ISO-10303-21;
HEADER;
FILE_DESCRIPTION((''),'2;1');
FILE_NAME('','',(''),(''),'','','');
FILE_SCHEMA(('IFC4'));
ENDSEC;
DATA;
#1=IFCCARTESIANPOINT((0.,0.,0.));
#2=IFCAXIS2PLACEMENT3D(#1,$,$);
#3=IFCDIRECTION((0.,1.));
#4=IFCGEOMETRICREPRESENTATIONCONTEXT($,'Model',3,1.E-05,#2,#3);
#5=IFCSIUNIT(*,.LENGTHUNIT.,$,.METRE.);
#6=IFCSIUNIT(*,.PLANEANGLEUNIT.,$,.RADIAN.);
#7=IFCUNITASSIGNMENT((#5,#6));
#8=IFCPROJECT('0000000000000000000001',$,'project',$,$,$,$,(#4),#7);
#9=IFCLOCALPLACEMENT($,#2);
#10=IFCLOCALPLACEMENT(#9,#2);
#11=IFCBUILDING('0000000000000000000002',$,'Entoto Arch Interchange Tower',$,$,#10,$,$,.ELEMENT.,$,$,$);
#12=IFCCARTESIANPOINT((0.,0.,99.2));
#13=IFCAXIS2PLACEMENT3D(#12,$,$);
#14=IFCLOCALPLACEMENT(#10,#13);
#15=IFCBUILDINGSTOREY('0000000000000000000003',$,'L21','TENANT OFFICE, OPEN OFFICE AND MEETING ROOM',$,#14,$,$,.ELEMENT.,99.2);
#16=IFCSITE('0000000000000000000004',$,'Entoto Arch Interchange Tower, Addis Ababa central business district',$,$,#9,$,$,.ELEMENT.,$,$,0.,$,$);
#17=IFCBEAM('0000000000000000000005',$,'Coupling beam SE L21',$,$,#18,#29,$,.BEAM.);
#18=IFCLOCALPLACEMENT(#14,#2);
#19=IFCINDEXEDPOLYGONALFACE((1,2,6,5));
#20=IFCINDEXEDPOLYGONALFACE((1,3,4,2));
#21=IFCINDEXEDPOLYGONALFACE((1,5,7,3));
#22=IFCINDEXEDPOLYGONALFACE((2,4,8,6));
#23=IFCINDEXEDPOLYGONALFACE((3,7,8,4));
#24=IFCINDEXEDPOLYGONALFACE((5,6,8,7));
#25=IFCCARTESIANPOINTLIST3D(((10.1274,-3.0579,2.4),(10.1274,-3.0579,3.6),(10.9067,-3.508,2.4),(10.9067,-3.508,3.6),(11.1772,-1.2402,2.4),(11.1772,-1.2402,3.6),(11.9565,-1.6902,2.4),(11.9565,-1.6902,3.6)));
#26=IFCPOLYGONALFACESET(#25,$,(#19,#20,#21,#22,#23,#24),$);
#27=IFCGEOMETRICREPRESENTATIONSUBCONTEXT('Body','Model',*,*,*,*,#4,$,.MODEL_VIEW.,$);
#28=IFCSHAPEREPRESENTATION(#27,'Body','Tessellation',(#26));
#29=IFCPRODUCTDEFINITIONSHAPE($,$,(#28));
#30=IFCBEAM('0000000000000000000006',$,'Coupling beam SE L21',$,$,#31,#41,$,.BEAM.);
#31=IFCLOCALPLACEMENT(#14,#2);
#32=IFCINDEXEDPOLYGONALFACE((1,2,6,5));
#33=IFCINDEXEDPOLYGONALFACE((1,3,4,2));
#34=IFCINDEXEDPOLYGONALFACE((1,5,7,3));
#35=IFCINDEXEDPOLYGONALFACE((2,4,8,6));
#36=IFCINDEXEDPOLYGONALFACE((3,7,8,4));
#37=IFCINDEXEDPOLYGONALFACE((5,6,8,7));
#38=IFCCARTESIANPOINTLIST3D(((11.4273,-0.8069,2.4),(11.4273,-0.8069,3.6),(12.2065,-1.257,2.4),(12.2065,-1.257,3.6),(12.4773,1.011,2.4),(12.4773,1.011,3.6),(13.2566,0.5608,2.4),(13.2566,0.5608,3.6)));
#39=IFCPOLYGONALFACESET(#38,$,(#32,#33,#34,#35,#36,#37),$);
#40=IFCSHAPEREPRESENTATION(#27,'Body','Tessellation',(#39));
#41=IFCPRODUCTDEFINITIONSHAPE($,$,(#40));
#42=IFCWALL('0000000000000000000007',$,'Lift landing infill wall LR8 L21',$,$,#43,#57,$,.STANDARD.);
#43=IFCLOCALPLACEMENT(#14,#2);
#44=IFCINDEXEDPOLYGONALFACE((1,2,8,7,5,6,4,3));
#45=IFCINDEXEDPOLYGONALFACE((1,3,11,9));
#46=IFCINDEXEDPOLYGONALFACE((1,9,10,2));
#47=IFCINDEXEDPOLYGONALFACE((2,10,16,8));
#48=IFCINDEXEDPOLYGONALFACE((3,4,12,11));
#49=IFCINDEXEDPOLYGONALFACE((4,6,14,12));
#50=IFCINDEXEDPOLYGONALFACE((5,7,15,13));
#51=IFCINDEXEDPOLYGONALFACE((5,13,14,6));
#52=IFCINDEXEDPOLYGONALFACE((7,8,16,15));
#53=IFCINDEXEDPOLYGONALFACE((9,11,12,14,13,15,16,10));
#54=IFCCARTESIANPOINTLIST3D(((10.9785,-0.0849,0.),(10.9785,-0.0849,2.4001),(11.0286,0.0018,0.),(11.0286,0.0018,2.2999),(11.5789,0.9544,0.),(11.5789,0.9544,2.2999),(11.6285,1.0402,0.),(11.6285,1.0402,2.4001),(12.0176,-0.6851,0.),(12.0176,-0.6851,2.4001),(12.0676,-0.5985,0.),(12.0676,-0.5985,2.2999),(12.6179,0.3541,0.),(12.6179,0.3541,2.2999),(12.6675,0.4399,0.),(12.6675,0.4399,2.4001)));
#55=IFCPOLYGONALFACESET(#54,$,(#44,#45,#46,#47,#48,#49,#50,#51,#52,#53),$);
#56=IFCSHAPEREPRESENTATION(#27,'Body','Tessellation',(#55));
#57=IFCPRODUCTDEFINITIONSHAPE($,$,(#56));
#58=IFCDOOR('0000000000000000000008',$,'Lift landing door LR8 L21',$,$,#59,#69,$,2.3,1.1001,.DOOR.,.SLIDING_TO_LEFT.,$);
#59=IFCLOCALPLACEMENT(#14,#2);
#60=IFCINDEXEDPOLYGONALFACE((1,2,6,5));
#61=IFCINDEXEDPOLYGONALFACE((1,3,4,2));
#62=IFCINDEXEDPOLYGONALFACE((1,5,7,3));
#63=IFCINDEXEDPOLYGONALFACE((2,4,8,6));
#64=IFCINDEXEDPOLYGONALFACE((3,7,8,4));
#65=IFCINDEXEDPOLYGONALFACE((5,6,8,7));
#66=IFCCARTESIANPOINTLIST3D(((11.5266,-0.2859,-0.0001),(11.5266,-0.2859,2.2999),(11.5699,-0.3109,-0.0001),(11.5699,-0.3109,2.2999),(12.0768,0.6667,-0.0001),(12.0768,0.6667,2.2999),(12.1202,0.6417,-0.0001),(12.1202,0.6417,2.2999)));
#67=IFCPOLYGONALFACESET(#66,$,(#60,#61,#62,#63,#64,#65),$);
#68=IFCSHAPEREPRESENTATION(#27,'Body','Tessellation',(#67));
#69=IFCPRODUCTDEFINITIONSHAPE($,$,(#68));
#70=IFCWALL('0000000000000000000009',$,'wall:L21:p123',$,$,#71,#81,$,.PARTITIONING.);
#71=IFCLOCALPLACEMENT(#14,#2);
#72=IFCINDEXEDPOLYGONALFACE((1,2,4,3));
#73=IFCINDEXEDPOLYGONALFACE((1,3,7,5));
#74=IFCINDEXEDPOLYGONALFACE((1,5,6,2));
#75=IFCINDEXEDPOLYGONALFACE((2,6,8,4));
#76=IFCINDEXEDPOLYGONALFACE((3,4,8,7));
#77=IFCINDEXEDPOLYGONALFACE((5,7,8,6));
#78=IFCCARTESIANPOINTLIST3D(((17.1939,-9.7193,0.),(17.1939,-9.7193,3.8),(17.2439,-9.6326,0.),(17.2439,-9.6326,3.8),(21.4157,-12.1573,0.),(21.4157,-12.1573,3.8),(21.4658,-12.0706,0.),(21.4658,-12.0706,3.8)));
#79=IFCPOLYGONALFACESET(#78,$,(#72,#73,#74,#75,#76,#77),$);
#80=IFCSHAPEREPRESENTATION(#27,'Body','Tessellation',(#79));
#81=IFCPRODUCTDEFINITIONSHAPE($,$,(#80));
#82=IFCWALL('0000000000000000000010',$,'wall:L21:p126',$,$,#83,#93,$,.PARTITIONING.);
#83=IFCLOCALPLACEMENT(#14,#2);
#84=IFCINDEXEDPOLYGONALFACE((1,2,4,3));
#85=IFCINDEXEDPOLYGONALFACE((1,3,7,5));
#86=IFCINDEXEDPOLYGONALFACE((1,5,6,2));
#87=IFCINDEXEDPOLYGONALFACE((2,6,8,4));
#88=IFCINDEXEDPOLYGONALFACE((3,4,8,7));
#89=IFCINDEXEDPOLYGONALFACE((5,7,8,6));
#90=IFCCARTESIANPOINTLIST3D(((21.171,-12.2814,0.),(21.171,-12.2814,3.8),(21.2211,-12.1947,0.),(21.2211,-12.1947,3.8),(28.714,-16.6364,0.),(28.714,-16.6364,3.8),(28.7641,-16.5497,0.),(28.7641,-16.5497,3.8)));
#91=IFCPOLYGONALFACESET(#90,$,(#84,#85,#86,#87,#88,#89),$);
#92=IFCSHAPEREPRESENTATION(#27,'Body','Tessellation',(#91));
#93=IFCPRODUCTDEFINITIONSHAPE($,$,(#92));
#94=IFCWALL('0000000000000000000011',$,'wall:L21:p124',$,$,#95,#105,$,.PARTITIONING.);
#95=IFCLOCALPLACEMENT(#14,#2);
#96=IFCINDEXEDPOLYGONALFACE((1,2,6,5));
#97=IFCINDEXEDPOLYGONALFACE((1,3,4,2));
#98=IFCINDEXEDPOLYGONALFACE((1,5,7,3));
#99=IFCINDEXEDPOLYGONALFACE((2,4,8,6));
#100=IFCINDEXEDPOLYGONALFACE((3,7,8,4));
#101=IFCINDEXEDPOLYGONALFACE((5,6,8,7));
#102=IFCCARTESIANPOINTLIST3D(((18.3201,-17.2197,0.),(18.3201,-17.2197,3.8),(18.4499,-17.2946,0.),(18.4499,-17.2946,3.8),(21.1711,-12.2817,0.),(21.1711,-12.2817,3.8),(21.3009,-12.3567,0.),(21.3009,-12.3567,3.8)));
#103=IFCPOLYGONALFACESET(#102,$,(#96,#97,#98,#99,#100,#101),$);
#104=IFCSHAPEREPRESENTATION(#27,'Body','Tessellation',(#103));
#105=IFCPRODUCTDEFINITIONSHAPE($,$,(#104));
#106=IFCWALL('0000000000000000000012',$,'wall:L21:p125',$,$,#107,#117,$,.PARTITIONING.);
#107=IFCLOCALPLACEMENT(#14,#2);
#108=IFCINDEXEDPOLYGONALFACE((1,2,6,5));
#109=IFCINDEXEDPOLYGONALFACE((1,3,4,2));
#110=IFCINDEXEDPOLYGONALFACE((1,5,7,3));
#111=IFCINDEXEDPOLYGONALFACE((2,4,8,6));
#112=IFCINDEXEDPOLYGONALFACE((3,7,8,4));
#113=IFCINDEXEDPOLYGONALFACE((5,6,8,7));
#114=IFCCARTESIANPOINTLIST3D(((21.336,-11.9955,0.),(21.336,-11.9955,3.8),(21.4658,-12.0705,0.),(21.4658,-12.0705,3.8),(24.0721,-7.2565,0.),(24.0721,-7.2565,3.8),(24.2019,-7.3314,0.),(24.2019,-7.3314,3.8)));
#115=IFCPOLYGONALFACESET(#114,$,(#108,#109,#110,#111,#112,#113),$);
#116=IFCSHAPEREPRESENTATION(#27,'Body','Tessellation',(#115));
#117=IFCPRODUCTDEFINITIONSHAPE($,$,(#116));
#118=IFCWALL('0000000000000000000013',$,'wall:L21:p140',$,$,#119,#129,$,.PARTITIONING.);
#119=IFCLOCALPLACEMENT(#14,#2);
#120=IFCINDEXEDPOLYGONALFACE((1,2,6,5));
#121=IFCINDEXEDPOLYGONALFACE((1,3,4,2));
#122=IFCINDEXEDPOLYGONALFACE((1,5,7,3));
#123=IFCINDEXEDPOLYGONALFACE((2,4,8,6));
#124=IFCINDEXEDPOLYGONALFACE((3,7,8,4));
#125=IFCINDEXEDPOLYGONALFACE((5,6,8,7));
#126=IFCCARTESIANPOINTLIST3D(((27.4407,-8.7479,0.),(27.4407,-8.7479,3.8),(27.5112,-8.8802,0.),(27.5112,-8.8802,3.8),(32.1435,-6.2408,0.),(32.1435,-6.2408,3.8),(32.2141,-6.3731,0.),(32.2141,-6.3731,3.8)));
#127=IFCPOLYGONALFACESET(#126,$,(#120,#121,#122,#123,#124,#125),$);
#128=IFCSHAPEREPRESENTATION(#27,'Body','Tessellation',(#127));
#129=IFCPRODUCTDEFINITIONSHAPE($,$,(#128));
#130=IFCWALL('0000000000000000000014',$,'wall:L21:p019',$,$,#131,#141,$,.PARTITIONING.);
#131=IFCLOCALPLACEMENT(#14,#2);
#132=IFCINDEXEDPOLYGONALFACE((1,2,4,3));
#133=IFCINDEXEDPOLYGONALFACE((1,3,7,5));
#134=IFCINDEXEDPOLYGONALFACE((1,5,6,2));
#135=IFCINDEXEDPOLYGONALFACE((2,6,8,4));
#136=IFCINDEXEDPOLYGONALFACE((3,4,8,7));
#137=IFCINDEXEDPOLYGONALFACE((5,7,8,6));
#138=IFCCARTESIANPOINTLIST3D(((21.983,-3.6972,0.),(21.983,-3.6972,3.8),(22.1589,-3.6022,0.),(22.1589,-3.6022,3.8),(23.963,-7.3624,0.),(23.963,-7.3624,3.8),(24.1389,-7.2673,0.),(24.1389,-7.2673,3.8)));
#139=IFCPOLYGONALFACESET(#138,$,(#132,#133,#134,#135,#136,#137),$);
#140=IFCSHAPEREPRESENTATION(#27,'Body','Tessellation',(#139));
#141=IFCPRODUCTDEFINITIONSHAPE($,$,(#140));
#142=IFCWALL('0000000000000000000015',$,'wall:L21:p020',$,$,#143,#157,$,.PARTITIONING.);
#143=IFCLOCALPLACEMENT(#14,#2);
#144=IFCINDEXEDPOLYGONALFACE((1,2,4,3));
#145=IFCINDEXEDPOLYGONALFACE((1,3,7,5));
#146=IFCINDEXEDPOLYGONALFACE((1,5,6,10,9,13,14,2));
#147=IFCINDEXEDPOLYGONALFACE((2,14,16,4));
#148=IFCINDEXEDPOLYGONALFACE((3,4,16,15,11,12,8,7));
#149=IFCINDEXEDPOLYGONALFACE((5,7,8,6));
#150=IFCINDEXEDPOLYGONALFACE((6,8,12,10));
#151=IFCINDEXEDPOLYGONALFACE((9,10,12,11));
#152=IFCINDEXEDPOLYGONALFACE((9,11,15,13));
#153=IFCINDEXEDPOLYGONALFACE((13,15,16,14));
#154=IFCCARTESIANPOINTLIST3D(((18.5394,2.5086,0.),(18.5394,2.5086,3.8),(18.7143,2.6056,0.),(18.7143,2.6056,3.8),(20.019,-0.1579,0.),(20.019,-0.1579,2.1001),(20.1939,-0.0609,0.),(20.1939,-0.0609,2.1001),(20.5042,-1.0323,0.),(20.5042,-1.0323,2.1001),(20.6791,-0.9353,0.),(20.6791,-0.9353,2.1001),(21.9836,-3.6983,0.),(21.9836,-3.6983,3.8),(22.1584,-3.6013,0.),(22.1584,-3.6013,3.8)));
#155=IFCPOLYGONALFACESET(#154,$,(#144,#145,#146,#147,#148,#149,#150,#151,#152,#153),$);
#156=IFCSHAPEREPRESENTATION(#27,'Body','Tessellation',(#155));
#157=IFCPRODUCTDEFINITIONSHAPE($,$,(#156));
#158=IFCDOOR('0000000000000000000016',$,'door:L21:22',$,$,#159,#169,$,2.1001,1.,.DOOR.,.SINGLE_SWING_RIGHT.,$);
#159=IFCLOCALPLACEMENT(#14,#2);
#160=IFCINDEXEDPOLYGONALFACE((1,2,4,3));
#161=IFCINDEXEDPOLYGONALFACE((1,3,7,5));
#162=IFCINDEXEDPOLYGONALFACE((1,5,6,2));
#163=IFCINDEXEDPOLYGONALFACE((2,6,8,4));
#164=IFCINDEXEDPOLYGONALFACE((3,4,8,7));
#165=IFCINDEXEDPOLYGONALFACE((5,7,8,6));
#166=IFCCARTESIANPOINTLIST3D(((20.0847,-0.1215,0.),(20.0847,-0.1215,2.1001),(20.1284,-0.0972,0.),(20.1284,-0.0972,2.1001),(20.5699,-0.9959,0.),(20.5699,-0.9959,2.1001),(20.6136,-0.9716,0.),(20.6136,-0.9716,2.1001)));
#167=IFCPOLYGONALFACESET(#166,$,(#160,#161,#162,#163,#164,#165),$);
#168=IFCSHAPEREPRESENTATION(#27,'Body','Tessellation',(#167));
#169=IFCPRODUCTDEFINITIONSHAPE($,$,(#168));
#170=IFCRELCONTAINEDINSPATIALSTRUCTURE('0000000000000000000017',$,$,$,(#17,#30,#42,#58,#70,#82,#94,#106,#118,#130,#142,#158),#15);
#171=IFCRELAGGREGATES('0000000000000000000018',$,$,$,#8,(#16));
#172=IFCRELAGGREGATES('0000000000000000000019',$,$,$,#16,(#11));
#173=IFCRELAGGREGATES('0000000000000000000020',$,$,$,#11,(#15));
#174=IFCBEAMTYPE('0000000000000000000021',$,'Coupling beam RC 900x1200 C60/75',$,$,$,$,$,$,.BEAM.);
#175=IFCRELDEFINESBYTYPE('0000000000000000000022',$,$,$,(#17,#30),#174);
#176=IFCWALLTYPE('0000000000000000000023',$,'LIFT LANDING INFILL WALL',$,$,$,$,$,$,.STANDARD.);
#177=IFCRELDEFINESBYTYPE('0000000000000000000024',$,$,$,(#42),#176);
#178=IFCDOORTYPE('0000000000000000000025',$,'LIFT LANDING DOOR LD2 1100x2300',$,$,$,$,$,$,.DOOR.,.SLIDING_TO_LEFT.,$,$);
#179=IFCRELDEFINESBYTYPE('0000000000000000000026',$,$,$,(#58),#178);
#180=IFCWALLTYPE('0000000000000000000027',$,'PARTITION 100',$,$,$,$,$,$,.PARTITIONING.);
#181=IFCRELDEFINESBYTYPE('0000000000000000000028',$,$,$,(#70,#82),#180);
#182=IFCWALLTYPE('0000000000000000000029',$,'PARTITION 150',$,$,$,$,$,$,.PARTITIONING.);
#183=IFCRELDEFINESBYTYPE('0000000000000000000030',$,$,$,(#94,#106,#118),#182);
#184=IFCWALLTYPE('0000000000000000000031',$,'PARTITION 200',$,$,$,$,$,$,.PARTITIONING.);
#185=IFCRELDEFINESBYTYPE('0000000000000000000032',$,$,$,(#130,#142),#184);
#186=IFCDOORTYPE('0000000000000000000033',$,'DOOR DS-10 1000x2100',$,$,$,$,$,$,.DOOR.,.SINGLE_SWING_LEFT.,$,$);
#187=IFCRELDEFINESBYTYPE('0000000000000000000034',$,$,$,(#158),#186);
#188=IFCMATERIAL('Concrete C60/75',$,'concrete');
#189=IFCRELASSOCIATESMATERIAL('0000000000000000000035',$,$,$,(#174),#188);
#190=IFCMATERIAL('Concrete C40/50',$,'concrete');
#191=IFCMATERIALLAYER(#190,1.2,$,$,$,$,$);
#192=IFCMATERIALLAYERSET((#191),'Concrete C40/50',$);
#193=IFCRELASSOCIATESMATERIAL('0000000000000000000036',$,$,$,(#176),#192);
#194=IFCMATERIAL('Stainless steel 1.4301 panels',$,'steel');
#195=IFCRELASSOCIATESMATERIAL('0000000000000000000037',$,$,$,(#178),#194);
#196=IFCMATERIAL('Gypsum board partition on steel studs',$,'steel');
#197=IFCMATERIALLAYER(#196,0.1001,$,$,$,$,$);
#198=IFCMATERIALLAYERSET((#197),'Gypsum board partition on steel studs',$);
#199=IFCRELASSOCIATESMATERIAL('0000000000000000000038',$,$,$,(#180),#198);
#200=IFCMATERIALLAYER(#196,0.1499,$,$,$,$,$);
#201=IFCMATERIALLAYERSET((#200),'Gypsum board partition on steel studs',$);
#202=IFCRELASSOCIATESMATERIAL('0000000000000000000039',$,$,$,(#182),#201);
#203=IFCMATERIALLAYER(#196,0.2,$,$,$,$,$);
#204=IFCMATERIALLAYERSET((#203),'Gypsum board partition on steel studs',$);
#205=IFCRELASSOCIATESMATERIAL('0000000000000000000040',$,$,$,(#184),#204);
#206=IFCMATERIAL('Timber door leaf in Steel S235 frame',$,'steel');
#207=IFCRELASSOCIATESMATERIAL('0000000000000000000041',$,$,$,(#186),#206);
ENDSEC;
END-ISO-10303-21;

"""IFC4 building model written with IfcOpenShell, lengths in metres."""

from ifc_helpers import new_model, si_unit, direction, frame, frame_2d, origin, origin_2d, place, context, subcontext, project, spatial, rectangle, extrude, material, layer, layer_set, material_profile, profile_set, type_object, element, fill, save


model = new_model("IFC4")

# Units and contexts
model_context = context("Model", 3, precision=1e-05, world=origin(), true_north=direction((0.0, 1.0)))
body_context = subcontext(model_context, "Body", "Model", "MODEL_VIEW")
ifc_project = project(units=[si_unit("LENGTHUNIT", "METRE"), si_unit("PLANEANGLEUNIT", "RADIAN")], contexts=[model_context])

# Site, building, storey
site_placement = place(None, origin())
site = spatial("IfcSite", under=ifc_project, at=site_placement, Name="Entoto Arch Interchange Tower, Addis Ababa central business district", CompositionType="ELEMENT", RefElevation=0.0)
building_placement = place(site_placement, origin())
building = spatial("IfcBuilding", under=site, at=building_placement, Name="Entoto Arch Interchange Tower", CompositionType="ELEMENT")
storey_placement = place(building_placement, frame((0.0, 0.0, 99.2)))
storey = spatial("IfcBuildingStorey", under=building, at=storey_placement, Name="L21", Description="TENANT OFFICE, OPEN OFFICE AND MEETING ROOM", CompositionType="ELEMENT", Elevation=99.2)

# Beams
ifc_material_1 = material(Name="Concrete C60/75", Category="concrete")
ifc_material_profile = material_profile(ifc_material_1, rectangle(XDim=0.8999, YDim=1.2, at=origin_2d()))
ifc_profile_set = profile_set([ifc_material_profile], Name="Concrete C60/75")
beam_type = type_object("IfcBeamType", Name="Coupling beam RC 900x1200 C60/75", PredefinedType="BEAM", material=ifc_profile_set)
beam_1_placement = place(storey_placement, frame((10.5171, -3.283, 3.0), z_axis=(0.500092, 0.865973, 0.0), x_axis=(-0.865973, 0.500092, 0.0)))
element("IfcBeam", 1, at=beam_1_placement, inside=storey, type_object=beam_type, Name="Coupling beam SE L21", PredefinedType="BEAM", context=body_context, shape_type="SweptSolid", body=[
    extrude(rectangle(XDim=0.8999, YDim=1.2, at=origin_2d()), origin(), (0.0, 0.0, 1.0), 2.0991),
])
beam_2_placement = place(storey_placement, frame((11.8169, -1.032, 3.0), z_axis=(0.500179, 0.865922, 0.0), x_axis=(-0.865922, 0.500179, 0.0)))
element("IfcBeam", 2, at=beam_2_placement, inside=storey, type_object=beam_type, Name="Coupling beam SE L21", PredefinedType="BEAM", context=body_context, shape_type="SweptSolid", body=[
    extrude(rectangle(XDim=0.8999, YDim=1.2, at=origin_2d()), origin(), (0.0, 0.0, 1.0), 2.0994),
])

# Wall, opening, door
ifc_material_2 = material(Name="Concrete C40/50", Category="concrete")
ifc_layer_1 = layer(ifc_material_2, 1.2)
ifc_layer_set_1 = layer_set([ifc_layer_1], Name="Concrete C40/50")
wall_type_1 = type_object("IfcWallType", Name="LIFT LANDING INFILL WALL", PredefinedType="STANDARD", material=ifc_layer_set_1)
wall_1_placement = place(storey_placement, frame((11.498, -0.385, 0.0), z_axis=(0.0, 0.0, 1.0), x_axis=(0.500221, 0.865898, 0.0)))
wall_1 = element("IfcWall", 3, at=wall_1_placement, inside=storey, type_object=wall_type_1, Name="Lift landing infill wall LR8 L21", PredefinedType="STANDARD", context=body_context, shape_type="SweptSolid", body=[
    extrude(rectangle(XDim=1.2993, YDim=1.2, at=frame_2d((0.6497, 0.0))), origin(), (0.0, 0.0, 1.0), 2.4001),
])
opening_1_placement = place(wall_1_placement, frame((0.1001, 0.0, 0.0)))
opening_1 = element("IfcOpeningElement", 4, at=opening_1_placement, cuts=wall_1, PredefinedType="OPENING", context=body_context, shape_type="SweptSolid", body=[
    extrude(rectangle(XDim=1.1001, YDim=2.3, at=frame_2d((0.55, 1.1499))), frame((0.0, 0.6099, 0.0), z_axis=(0.0, -1.0, 0.0), x_axis=(1.0, 0.0, 0.0)), (0.0, 0.0, 1.0), 1.22),
])
ifc_material_3 = material(Name="Stainless steel 1.4301 panels", Category="steel")
door_type_1 = type_object("IfcDoorType", Name="LIFT LANDING DOOR LD2 1100x2300", OperationType="SLIDING_TO_LEFT", PredefinedType="DOOR", material=ifc_material_3)
door_1_placement = place(opening_1_placement, origin())
door_1 = element("IfcDoor", 5, at=door_1_placement, inside=storey, type_object=door_type_1, Name="Lift landing door LR8 L21", OperationType="SLIDING_TO_LEFT", OverallHeight=2.3, OverallWidth=1.1001, PredefinedType="DOOR", context=body_context, shape_type="SweptSolid", body=[
    extrude(rectangle(XDim=1.1001, YDim=2.3, at=frame_2d((0.55, 1.1499))), frame((0.0, 0.0249, 0.0), z_axis=(0.0, -1.0, 0.0), x_axis=(1.0, 0.0, 0.0)), (0.0, 0.0, 1.0), 0.05),
])
fill(opening_1, door_1)

# Walls
ifc_material_4 = material(Name="Gypsum board partition on steel studs", Category="steel")
ifc_layer_2 = layer(ifc_material_4, 0.1001)
ifc_layer_set_2 = layer_set([ifc_layer_2], Name="Gypsum board partition on steel studs")
wall_type_2 = type_object("IfcWallType", Name="PARTITION 100", PredefinedType="PARTITIONING", material=ifc_layer_set_2)
wall_2_placement = place(storey_placement, frame((17.219, -9.676, 0.0), z_axis=(0.0, 0.0, 1.0), x_axis=(0.865985, -0.500071, 0.0)))
element("IfcWall", 6, at=wall_2_placement, inside=storey, type_object=wall_type_2, Name="wall:L21:p123", PredefinedType="PARTITIONING", context=body_context, shape_type="SweptSolid", body=[
    extrude(rectangle(XDim=4.8752, YDim=0.1001, at=frame_2d((2.4375, 0.0))), origin(), (0.0, 0.0, 1.0), 3.8),
])
wall_3_placement = place(storey_placement, frame((21.196, -12.238, 0.0), z_axis=(0.0, 0.0, 1.0), x_axis=(0.866023, -0.500004, 0.0)))
element("IfcWall", 7, at=wall_3_placement, inside=storey, type_object=wall_type_2, Name="wall:L21:p126", PredefinedType="PARTITIONING", context=body_context, shape_type="SweptSolid", body=[
    extrude(rectangle(XDim=8.71, YDim=0.1001, at=frame_2d((4.355, 0.0))), origin(), (0.0, 0.0, 1.0), 3.8),
])
ifc_layer_3 = layer(ifc_material_4, 0.1499)
ifc_layer_set_3 = layer_set([ifc_layer_3], Name="Gypsum board partition on steel studs")
wall_type_3 = type_object("IfcWallType", Name="PARTITION 150", PredefinedType="PARTITIONING", material=ifc_layer_set_3)
wall_4_placement = place(storey_placement, frame((21.2361, -12.3191, 0.0), z_axis=(0.0, 0.0, 1.0), x_axis=(-0.500016, -0.866016, 0.0)))
element("IfcWall", 8, at=wall_4_placement, inside=storey, type_object=wall_type_3, Name="wall:L21:p124", PredefinedType="PARTITIONING", context=body_context, shape_type="SweptSolid", body=[
    extrude(rectangle(XDim=5.7019, YDim=0.1499, at=frame_2d((2.8511, 0.0))), origin(), (0.0, 0.0, 1.0), 3.8),
])
wall_5_placement = place(storey_placement, frame((24.137, -7.2939, 0.0), z_axis=(0.0, 0.0, 1.0), x_axis=(-0.500002, -0.866024, 0.0)))
element("IfcWall", 9, at=wall_5_placement, inside=storey, type_object=wall_type_3, Name="wall:L21:p125", PredefinedType="PARTITIONING", context=body_context, shape_type="SweptSolid", body=[
    extrude(rectangle(XDim=5.4722, YDim=0.1499, at=frame_2d((2.7361, 0.0))), origin(), (0.0, 0.0, 1.0), 3.8),
])
wall_6_placement = place(storey_placement, frame((27.4761, -8.814, 0.0), z_axis=(0.0, 0.0, 1.0), x_axis=(0.88244, 0.470424, 0.0)))
element("IfcWall", 10, at=wall_6_placement, inside=storey, type_object=wall_type_3, Name="wall:L21:p140", PredefinedType="PARTITIONING", context=body_context, shape_type="SweptSolid", body=[
    extrude(rectangle(XDim=5.3293, YDim=0.1499, at=frame_2d((2.6646, 0.0))), origin(), (0.0, 0.0, 1.0), 3.8),
])
ifc_layer_4 = layer(ifc_material_4, 0.2)
ifc_layer_set_4 = layer_set([ifc_layer_4], Name="Gypsum board partition on steel studs")
wall_type_4 = type_object("IfcWallType", Name="PARTITION 200", PredefinedType="PARTITIONING", material=ifc_layer_set_4)
wall_7_placement = place(storey_placement, frame((24.051, -7.3149, 0.0), z_axis=(0.0, 0.0, 1.0), x_axis=(-0.475309, 0.879819, 0.0)))
element("IfcWall", 11, at=wall_7_placement, inside=storey, type_object=wall_type_4, Name="wall:L21:p019", PredefinedType="PARTITIONING", context=body_context, shape_type="SweptSolid", body=[
    extrude(rectangle(XDim=4.1658, YDim=0.2, at=frame_2d((2.083, 0.0))), origin(), (0.0, 0.0, 1.0), 3.8),
])

# Wall, opening, door
wall_8_placement = place(storey_placement, frame((22.071, -3.6499, 0.0), z_axis=(0.0, 0.0, 1.0), x_axis=(-0.485199, 0.874404, 0.0)))
wall_8 = element("IfcWall", 12, at=wall_8_placement, inside=storey, type_object=wall_type_4, Name="wall:L21:p020", PredefinedType="PARTITIONING", context=body_context, shape_type="SweptSolid", body=[
    extrude(rectangle(XDim=7.0984, YDim=0.2, at=frame_2d((3.5493, 0.0))), origin(), (0.0, 0.0, 1.0), 3.8),
])
opening_2_placement = place(wall_8_placement, frame((3.0491, 0.0, 0.0)))
opening_2 = element("IfcOpeningElement", 13, at=opening_2_placement, cuts=wall_8, PredefinedType="OPENING", context=body_context, shape_type="SweptSolid", body=[
    extrude(rectangle(XDim=1.0, YDim=2.1001, at=frame_2d((0.5, 1.05))), frame((0.0, 0.1099, 0.0), z_axis=(0.0, -1.0, 0.0), x_axis=(1.0, 0.0, 0.0)), (0.0, 0.0, 1.0), 0.22),
])
ifc_material_5 = material(Name="Timber door leaf in Steel S235 frame", Category="steel")
door_type_2 = type_object("IfcDoorType", Name="DOOR DS-10 1000x2100", OperationType="SINGLE_SWING_LEFT", PredefinedType="DOOR", material=ifc_material_5)
door_2_placement = place(opening_2_placement, origin())
door_2 = element("IfcDoor", 14, at=door_2_placement, inside=storey, type_object=door_type_2, Name="door:L21:22", OperationType="SINGLE_SWING_RIGHT", OverallHeight=2.1001, OverallWidth=1.0, PredefinedType="DOOR", context=body_context, shape_type="SweptSolid", body=[
    extrude(rectangle(XDim=1.0, YDim=2.1001, at=frame_2d((0.5, 1.05))), frame((0.0, 0.0249, 0.0), z_axis=(0.0, -1.0, 0.0), x_axis=(1.0, 0.0, 0.0)), (0.0, 0.0, 1.0), 0.05),
])
fill(opening_2, door_2)

save(model, "model.ifc")
